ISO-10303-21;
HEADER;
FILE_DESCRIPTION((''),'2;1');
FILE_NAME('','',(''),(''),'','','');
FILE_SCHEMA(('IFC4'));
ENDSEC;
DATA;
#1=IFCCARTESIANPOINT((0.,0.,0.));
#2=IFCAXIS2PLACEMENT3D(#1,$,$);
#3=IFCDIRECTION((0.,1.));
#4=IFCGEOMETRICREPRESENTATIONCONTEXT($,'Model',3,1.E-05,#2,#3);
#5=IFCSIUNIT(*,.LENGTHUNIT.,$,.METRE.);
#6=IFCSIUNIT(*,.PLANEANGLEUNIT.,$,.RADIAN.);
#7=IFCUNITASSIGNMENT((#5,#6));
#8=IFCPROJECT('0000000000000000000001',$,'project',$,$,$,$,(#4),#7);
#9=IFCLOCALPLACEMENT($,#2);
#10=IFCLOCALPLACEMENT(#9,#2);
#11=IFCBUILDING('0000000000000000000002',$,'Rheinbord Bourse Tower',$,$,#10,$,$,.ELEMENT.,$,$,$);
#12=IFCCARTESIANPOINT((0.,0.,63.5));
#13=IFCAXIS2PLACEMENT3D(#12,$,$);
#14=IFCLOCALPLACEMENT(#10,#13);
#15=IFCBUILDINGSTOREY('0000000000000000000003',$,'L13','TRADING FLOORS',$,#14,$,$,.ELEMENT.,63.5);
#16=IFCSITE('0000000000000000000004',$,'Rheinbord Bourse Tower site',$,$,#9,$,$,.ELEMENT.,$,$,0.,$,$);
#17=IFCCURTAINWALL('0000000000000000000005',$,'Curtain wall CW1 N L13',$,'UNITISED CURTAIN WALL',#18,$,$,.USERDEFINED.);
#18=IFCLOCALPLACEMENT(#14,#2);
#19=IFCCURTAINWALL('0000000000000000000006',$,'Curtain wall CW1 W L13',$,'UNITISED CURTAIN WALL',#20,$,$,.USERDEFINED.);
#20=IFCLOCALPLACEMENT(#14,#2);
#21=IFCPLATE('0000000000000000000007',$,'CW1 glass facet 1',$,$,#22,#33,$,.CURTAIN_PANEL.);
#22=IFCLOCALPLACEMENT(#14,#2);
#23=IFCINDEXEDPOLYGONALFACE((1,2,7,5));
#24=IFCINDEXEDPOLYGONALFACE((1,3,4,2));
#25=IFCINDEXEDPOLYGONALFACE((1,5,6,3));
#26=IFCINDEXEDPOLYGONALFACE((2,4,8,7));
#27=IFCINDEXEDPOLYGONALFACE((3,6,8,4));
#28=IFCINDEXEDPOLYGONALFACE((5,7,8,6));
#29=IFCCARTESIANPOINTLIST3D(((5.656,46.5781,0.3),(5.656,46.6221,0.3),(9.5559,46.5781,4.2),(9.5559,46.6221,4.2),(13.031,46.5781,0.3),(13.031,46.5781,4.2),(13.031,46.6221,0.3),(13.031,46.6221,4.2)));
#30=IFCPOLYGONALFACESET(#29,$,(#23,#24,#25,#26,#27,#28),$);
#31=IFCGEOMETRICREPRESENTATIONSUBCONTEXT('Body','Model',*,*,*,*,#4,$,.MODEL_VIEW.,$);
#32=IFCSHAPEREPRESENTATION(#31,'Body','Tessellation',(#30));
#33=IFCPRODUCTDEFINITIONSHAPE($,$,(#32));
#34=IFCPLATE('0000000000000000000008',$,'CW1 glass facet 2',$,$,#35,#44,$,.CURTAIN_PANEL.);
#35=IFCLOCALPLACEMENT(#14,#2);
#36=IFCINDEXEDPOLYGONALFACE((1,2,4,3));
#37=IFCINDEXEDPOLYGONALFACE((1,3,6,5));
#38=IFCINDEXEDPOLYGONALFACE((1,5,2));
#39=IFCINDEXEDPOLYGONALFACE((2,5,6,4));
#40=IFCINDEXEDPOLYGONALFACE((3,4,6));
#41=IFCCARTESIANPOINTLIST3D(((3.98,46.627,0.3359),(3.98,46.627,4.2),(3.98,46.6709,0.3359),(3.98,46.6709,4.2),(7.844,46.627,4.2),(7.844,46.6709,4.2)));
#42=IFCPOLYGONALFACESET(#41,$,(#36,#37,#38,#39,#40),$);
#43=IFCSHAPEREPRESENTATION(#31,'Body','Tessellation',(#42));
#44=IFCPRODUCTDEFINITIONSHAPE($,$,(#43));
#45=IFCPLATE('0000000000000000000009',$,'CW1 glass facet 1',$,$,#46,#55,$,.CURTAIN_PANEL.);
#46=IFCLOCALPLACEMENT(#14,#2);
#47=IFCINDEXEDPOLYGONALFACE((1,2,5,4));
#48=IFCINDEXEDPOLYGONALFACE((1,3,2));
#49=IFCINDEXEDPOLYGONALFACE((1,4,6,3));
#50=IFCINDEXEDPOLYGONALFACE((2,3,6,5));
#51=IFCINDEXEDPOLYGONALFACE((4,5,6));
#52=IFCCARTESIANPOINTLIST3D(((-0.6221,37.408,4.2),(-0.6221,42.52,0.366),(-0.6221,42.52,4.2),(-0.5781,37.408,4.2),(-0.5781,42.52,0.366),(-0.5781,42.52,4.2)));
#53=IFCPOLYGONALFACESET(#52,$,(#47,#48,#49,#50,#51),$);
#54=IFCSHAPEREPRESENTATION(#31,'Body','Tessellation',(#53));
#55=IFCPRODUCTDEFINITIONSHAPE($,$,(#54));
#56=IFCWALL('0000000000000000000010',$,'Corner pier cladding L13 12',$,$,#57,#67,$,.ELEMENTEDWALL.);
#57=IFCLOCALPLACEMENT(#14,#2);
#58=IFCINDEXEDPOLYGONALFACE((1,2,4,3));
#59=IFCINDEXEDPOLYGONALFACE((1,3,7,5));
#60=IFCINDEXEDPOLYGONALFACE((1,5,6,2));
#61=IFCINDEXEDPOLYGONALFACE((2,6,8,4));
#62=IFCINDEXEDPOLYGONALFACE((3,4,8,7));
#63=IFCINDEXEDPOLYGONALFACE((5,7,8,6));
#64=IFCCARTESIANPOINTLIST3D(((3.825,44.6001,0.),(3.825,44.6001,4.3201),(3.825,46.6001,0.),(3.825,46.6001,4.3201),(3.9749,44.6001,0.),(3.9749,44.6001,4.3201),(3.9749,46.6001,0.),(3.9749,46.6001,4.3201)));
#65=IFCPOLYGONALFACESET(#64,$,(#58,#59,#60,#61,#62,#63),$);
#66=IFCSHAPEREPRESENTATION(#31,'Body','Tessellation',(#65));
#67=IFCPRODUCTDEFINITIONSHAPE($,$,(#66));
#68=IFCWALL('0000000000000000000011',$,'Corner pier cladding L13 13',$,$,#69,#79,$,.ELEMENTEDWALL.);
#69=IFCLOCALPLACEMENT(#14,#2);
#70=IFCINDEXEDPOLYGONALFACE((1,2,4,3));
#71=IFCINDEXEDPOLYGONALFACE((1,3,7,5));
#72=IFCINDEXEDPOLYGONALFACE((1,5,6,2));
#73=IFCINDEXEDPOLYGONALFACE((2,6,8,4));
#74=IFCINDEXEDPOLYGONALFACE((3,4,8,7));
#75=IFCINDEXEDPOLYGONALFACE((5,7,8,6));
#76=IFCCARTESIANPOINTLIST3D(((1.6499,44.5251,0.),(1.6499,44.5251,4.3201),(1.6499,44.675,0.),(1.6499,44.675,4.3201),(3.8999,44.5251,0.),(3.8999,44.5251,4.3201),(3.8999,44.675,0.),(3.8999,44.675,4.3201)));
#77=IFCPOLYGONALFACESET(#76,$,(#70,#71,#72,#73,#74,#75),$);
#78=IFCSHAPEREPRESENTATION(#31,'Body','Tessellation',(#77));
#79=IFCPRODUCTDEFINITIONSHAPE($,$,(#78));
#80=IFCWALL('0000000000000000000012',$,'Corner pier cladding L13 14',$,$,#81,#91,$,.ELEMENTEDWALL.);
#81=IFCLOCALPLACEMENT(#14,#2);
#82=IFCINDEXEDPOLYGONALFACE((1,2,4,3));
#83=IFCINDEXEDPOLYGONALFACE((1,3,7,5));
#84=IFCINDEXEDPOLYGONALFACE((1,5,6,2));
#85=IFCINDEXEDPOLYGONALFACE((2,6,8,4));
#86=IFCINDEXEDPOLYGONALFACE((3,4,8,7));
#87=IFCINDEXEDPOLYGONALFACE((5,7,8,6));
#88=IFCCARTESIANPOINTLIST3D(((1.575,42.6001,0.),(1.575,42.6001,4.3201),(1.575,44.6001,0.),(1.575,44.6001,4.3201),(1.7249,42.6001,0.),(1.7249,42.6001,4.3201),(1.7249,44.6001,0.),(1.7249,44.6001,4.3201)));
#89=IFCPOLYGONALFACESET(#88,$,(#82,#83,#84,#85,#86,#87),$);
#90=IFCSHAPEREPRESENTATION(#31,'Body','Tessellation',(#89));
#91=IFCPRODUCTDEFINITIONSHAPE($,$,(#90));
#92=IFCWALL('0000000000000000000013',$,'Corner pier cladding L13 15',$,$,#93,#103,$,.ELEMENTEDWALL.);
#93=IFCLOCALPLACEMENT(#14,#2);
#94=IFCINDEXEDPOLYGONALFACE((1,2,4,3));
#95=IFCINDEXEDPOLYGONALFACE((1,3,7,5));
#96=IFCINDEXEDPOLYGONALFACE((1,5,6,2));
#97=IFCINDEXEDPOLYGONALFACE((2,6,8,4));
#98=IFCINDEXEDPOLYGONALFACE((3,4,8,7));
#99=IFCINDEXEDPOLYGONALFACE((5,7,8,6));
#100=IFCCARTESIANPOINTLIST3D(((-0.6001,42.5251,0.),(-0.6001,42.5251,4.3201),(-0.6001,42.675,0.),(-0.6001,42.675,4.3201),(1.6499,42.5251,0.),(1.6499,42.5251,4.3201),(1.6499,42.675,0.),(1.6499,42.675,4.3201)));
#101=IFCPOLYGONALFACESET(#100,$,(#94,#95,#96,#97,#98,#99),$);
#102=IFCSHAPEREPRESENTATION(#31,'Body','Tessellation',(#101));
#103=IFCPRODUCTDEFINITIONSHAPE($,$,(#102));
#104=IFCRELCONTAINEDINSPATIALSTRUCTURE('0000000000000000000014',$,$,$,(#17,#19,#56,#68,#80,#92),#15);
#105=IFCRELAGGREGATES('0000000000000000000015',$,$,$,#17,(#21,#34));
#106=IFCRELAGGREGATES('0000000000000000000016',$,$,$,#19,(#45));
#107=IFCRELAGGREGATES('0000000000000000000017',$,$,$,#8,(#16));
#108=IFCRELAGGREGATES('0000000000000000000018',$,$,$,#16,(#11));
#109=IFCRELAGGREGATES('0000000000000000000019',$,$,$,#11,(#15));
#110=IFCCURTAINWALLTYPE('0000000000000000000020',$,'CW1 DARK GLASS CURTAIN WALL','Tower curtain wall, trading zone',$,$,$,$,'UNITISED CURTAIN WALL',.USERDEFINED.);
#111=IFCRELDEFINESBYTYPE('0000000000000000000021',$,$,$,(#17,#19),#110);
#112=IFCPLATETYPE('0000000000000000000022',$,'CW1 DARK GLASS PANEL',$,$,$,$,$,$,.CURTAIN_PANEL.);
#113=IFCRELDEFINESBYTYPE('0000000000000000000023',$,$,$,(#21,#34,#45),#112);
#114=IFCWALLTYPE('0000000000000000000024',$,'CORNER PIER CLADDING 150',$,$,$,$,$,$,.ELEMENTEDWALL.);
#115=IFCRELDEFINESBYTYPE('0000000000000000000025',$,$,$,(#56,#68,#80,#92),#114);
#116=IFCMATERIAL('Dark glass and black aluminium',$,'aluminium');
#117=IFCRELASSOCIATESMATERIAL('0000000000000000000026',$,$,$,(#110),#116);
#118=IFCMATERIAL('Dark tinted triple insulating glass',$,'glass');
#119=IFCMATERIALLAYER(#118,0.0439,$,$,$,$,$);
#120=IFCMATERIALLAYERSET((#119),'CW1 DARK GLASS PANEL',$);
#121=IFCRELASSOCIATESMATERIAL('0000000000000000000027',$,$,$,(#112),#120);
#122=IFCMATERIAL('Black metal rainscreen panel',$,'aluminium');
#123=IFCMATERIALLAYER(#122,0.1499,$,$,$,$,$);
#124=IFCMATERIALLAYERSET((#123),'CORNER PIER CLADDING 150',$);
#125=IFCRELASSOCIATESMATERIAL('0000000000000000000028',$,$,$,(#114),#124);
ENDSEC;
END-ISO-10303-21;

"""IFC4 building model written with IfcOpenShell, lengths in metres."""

from ifc_helpers import new_model, si_unit, direction, frame, frame_2d, origin, place, context, subcontext, project, spatial, polyline, rectangle, outline, extrude, material, layer, layer_set, type_object, element, aggregate, save


model = new_model("IFC4")

# Units and contexts
model_context = context("Model", 3, precision=1e-05, world=origin(), true_north=direction((0.0, 1.0)))
body_context = subcontext(model_context, "Body", "Model", "MODEL_VIEW")
ifc_project = project(units=[si_unit("LENGTHUNIT", "METRE"), si_unit("PLANEANGLEUNIT", "RADIAN")], contexts=[model_context])

# Site, building, storey
site_placement = place(None, origin())
site = spatial("IfcSite", under=ifc_project, at=site_placement, Name="Rheinbord Bourse Tower site", CompositionType="ELEMENT", RefElevation=0.0)
building_placement = place(site_placement, origin())
building = spatial("IfcBuilding", under=site, at=building_placement, Name="Rheinbord Bourse Tower", CompositionType="ELEMENT")
storey_placement = place(building_placement, frame((0.0, 0.0, 63.5)))
storey = spatial("IfcBuildingStorey", under=building, at=storey_placement, Name="L13", Description="TRADING FLOORS", CompositionType="ELEMENT", Elevation=63.5)

# Curtain walls
ifc_material_1 = material(Name="Dark glass and black aluminium", Category="aluminium")
curtain_wall_type = type_object("IfcCurtainWallType", Name="CW1 DARK GLASS CURTAIN WALL", Description="Tower curtain wall, trading zone", ElementType="UNITISED CURTAIN WALL", PredefinedType="USERDEFINED", material=ifc_material_1)
curtain_wall_1_placement = place(storey_placement, origin())
curtain_wall_1 = element("IfcCurtainWall", 1, at=curtain_wall_1_placement, inside=storey, type_object=curtain_wall_type, Name="Curtain wall CW1 N L13", ObjectType="UNITISED CURTAIN WALL", PredefinedType="USERDEFINED")
curtain_wall_2_placement = place(storey_placement, origin())
curtain_wall_2 = element("IfcCurtainWall", 2, at=curtain_wall_2_placement, inside=storey, type_object=curtain_wall_type, Name="Curtain wall CW1 W L13", ObjectType="UNITISED CURTAIN WALL", PredefinedType="USERDEFINED")

# Plates
ifc_material_2 = material(Name="Dark tinted triple insulating glass", Category="glass")
ifc_layer_1 = layer(ifc_material_2, 0.0439)
ifc_layer_set_1 = layer_set([ifc_layer_1], Name="CW1 DARK GLASS PANEL")
plate_type = type_object("IfcPlateType", Name="CW1 DARK GLASS PANEL", PredefinedType="CURTAIN_PANEL", material=ifc_layer_set_1)
plate_1_placement = place(storey_placement, frame((13.031, 46.6221, 0.3), z_axis=(0.0, -1.0, 0.0), x_axis=(0.0, 0.0, 1.0)))
plate_1 = element("IfcPlate", 3, at=plate_1_placement, type_object=plate_type, Name="CW1 glass facet 1", PredefinedType="CURTAIN_PANEL", context=body_context, shape_type="SweptSolid", body=[
    extrude(outline(polyline([(0.0, 0.0), (3.8999, 0.0), (3.8999, 3.4751), (0.0, 7.375), (0.0, 0.0)])), origin(), (0.0, 0.0, 1.0), 0.0439),
])
plate_2_placement = place(storey_placement, frame((3.98, 46.6709, 4.2), z_axis=(0.0, -1.0, 0.0), x_axis=(0.0, 0.0, -1.0)))
plate_2 = element("IfcPlate", 4, at=plate_2_placement, type_object=plate_type, Name="CW1 glass facet 2", PredefinedType="CURTAIN_PANEL", context=body_context, shape_type="SweptSolid", body=[
    extrude(outline(polyline([(0.0, 0.0), (3.864, 0.0), (0.0, 3.864), (0.0, 0.0)])), origin(), (0.0, 0.0, 1.0), 0.0439),
])
aggregate(curtain_wall_1, [plate_1, plate_2])
plate_3_placement = place(storey_placement, frame((-0.6221, 42.52, 4.2), z_axis=(1.0, 0.0, 0.0), x_axis=(0.0, -1.0, 0.0)))
plate_3 = element("IfcPlate", 5, at=plate_3_placement, type_object=plate_type, Name="CW1 glass facet 1", PredefinedType="CURTAIN_PANEL", context=body_context, shape_type="SweptSolid", body=[
    extrude(outline(polyline([(0.0, 0.0), (5.1121, 0.0), (0.0, 3.834), (0.0, 0.0)])), origin(), (0.0, 0.0, 1.0), 0.0439),
])
aggregate(curtain_wall_2, [plate_3])

# Walls
ifc_material_3 = material(Name="Black metal rainscreen panel", Category="aluminium")
ifc_layer_2 = layer(ifc_material_3, 0.1499)
ifc_layer_set_2 = layer_set([ifc_layer_2], Name="CORNER PIER CLADDING 150")
wall_type = type_object("IfcWallType", Name="CORNER PIER CLADDING 150", PredefinedType="ELEMENTEDWALL", material=ifc_layer_set_2)
wall_1_placement = place(storey_placement, frame((3.8999, 46.6001, 0.0), z_axis=(0.0, 0.0, 1.0), x_axis=(0.0, -1.0, 0.0)))
element("IfcWall", 6, at=wall_1_placement, inside=storey, type_object=wall_type, Name="Corner pier cladding L13 12", PredefinedType="ELEMENTEDWALL", context=body_context, shape_type="SweptSolid", body=[
    extrude(rectangle(XDim=2.0, YDim=0.1499, at=frame_2d((1.0, 0.0))), origin(), (0.0, 0.0, 1.0), 4.3201),
])
wall_2_placement = place(storey_placement, frame((3.8999, 44.6001, 0.0), z_axis=(0.0, 0.0, 1.0), x_axis=(-1.0, 0.0, 0.0)))
element("IfcWall", 7, at=wall_2_placement, inside=storey, type_object=wall_type, Name="Corner pier cladding L13 13", PredefinedType="ELEMENTEDWALL", context=body_context, shape_type="SweptSolid", body=[
    extrude(rectangle(XDim=2.25, YDim=0.1499, at=frame_2d((1.125, 0.0))), origin(), (0.0, 0.0, 1.0), 4.3201),
])
wall_3_placement = place(storey_placement, frame((1.6499, 44.6001, 0.0), z_axis=(0.0, 0.0, 1.0), x_axis=(0.0, -1.0, 0.0)))
element("IfcWall", 8, at=wall_3_placement, inside=storey, type_object=wall_type, Name="Corner pier cladding L13 14", PredefinedType="ELEMENTEDWALL", context=body_context, shape_type="SweptSolid", body=[
    extrude(rectangle(XDim=2.0, YDim=0.1499, at=frame_2d((1.0, 0.0))), origin(), (0.0, 0.0, 1.0), 4.3201),
])
wall_4_placement = place(storey_placement, frame((1.6499, 42.6001, 0.0), z_axis=(0.0, 0.0, 1.0), x_axis=(-1.0, 0.0, 0.0)))
element("IfcWall", 9, at=wall_4_placement, inside=storey, type_object=wall_type, Name="Corner pier cladding L13 15", PredefinedType="ELEMENTEDWALL", context=body_context, shape_type="SweptSolid", body=[
    extrude(rectangle(XDim=2.25, YDim=0.1499, at=frame_2d((1.125, 0.0))), origin(), (0.0, 0.0, 1.0), 4.3201),
])

save(model, "model.ifc")
